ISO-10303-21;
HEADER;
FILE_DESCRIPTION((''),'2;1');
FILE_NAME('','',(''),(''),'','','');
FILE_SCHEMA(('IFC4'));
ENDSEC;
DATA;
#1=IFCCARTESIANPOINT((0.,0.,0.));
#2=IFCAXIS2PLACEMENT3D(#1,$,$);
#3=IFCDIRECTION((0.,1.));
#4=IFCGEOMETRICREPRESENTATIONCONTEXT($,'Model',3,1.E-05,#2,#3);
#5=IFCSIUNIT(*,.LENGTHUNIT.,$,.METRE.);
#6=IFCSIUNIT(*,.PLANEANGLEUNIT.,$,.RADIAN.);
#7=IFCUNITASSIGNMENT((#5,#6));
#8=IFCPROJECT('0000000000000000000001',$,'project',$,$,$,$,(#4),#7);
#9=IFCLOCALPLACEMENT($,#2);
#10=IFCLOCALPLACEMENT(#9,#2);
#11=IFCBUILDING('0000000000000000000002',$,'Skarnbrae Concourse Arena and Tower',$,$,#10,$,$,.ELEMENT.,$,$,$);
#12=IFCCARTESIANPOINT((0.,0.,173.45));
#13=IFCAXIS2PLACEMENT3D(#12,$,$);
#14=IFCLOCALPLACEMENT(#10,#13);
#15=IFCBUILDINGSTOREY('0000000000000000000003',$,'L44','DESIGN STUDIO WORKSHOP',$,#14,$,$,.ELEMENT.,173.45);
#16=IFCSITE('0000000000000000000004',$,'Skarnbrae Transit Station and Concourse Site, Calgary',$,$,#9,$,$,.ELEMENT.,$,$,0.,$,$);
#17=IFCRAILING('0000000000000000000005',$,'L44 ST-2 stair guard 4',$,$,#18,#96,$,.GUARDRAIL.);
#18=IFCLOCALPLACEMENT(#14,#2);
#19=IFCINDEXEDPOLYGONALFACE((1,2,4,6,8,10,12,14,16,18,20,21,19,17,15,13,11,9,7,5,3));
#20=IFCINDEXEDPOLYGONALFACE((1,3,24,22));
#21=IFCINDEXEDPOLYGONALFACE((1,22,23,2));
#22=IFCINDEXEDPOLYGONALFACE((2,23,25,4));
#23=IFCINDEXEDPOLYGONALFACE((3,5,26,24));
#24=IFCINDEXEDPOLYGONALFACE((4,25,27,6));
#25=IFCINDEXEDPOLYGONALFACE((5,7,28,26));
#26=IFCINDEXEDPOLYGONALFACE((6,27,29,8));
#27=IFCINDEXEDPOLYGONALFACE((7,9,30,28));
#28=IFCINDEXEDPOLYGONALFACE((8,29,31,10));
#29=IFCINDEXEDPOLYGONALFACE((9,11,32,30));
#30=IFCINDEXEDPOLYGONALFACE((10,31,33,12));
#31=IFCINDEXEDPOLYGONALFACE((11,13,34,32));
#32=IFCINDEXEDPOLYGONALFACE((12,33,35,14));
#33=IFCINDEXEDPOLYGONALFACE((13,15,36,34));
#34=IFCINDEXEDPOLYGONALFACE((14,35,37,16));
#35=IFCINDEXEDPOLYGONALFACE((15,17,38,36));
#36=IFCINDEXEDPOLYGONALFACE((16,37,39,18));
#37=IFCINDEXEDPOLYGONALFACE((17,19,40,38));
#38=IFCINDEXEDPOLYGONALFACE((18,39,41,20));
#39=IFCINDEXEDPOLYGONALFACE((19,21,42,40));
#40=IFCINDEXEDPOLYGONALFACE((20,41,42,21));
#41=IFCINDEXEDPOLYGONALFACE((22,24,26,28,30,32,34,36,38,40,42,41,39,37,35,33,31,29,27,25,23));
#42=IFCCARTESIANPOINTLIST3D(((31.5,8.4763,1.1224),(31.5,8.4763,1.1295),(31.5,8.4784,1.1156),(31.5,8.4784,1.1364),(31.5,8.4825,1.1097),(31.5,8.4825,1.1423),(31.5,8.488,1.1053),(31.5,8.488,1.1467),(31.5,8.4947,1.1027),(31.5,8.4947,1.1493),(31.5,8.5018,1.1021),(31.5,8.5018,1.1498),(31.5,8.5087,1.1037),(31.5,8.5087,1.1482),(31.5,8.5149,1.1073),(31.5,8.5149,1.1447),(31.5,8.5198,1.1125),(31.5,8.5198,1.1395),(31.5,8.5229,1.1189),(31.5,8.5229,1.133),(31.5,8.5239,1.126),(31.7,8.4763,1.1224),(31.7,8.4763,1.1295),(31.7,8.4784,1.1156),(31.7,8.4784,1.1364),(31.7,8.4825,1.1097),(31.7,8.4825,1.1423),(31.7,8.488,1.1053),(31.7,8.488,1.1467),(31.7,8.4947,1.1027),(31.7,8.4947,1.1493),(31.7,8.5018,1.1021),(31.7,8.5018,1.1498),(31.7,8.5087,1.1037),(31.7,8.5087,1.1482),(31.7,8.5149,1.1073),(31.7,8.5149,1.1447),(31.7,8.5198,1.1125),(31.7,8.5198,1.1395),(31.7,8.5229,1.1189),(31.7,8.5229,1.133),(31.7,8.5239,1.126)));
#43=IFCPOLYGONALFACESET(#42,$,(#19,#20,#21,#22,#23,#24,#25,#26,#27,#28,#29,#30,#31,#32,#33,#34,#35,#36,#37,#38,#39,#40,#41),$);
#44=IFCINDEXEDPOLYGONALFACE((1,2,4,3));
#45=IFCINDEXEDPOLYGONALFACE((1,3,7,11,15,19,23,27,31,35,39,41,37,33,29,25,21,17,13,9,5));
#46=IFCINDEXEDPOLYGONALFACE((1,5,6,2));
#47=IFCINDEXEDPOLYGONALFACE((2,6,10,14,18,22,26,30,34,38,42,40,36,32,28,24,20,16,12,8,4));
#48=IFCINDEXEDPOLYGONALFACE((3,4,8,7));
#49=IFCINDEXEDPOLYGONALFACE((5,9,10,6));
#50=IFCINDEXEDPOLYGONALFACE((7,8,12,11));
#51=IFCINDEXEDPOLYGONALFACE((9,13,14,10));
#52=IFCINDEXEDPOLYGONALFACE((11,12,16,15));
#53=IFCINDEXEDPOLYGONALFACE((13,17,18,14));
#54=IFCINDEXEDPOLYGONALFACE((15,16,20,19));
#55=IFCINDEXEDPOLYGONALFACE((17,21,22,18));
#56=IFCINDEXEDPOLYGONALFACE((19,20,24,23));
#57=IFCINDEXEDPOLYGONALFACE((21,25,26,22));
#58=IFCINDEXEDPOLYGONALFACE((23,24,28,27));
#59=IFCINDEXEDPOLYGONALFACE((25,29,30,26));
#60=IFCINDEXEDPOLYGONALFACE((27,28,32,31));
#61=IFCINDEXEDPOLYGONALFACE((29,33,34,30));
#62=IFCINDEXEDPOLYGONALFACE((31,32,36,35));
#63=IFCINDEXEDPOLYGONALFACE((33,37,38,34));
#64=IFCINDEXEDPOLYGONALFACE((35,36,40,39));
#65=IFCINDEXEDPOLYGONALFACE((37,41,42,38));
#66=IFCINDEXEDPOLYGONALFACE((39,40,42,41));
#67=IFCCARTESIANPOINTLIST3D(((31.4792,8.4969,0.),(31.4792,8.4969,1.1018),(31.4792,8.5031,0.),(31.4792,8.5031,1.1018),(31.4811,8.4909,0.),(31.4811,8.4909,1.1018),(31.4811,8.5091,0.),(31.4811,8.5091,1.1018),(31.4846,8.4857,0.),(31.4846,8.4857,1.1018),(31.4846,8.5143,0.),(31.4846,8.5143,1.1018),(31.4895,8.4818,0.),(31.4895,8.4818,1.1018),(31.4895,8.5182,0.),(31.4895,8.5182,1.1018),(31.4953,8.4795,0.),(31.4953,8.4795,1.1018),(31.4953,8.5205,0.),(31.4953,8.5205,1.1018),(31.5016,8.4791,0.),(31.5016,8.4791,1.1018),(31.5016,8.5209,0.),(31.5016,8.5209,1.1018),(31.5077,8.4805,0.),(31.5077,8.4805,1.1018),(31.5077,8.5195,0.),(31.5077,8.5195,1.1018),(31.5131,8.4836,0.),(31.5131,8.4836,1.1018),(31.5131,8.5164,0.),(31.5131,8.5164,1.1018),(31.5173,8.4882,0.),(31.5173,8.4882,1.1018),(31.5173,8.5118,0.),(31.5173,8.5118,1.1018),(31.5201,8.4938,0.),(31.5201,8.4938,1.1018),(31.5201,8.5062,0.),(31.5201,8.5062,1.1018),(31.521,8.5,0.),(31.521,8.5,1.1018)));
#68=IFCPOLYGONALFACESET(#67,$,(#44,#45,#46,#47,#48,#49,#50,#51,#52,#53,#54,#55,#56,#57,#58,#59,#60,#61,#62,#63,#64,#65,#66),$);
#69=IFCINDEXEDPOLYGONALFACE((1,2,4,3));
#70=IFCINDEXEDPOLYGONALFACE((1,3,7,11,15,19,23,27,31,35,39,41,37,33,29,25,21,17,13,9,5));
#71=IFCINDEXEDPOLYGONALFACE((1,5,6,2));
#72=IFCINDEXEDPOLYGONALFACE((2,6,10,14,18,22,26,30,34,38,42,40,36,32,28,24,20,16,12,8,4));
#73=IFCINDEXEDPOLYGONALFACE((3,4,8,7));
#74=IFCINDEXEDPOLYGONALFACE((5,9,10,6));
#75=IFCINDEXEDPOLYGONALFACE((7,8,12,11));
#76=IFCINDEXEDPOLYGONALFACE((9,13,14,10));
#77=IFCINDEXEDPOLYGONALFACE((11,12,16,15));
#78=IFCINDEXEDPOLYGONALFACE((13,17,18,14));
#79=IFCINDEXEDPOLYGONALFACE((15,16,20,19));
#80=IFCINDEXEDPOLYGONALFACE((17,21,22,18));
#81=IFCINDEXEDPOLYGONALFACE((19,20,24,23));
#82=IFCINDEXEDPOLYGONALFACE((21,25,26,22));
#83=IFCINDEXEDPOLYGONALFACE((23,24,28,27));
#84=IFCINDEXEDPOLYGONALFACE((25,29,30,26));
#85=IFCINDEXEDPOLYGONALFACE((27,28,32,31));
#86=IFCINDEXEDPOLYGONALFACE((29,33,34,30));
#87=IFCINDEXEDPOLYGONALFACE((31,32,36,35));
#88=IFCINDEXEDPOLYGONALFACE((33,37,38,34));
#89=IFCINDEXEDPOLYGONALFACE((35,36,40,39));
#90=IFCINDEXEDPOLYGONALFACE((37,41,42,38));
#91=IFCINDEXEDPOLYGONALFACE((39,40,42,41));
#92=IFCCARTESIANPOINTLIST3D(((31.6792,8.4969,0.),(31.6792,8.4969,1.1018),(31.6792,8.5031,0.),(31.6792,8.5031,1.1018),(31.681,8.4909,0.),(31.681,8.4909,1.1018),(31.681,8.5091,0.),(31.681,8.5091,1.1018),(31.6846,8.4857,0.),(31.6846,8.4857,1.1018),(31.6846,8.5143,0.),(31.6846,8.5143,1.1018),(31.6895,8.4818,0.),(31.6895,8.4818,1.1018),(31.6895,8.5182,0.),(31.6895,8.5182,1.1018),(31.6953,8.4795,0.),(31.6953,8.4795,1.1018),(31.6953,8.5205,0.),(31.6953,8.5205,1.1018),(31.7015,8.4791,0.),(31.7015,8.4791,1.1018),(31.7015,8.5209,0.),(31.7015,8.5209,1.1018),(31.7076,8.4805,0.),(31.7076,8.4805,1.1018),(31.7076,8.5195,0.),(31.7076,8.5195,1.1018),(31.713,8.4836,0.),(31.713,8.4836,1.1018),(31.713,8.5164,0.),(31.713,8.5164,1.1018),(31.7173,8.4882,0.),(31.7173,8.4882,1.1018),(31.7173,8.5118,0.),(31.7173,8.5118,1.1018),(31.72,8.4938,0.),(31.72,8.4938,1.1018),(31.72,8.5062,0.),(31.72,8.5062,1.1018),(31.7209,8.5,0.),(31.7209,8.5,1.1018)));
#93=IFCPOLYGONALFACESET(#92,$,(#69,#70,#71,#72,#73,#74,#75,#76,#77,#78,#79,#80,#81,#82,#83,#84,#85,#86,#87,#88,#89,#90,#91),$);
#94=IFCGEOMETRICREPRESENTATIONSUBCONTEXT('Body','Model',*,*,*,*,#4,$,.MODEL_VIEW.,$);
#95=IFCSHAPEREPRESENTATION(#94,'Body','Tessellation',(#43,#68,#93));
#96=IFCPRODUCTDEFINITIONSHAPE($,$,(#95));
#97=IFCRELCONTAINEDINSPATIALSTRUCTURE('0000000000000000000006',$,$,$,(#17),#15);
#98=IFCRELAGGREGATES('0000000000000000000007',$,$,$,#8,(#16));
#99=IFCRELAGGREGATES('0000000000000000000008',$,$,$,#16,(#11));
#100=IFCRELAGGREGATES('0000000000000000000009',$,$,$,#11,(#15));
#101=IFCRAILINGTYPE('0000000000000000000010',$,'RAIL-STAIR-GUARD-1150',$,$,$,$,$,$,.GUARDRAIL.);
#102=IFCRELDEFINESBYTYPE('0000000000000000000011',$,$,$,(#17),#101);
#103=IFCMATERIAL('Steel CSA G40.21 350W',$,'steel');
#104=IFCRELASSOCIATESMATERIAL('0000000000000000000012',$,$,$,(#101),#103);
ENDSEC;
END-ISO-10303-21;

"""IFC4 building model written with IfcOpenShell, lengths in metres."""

from ifc_helpers import new_model, si_unit, direction, frame, origin, origin_2d, place, context, subcontext, project, spatial, circle, extrude, material, type_object, element, save


model = new_model("IFC4")

# Units and contexts
model_context = context("Model", 3, precision=1e-05, world=origin(), true_north=direction((0.0, 1.0)))
body_context = subcontext(model_context, "Body", "Model", "MODEL_VIEW")
ifc_project = project(units=[si_unit("LENGTHUNIT", "METRE"), si_unit("PLANEANGLEUNIT", "RADIAN")], contexts=[model_context])

# Site, building, storey
site_placement = place(None, origin())
site = spatial("IfcSite", under=ifc_project, at=site_placement, Name="Skarnbrae Transit Station and Concourse Site, Calgary", CompositionType="ELEMENT", RefElevation=0.0)
building_placement = place(site_placement, origin())
building = spatial("IfcBuilding", under=site, at=building_placement, Name="Skarnbrae Concourse Arena and Tower", CompositionType="ELEMENT")
storey_placement = place(building_placement, frame((0.0, 0.0, 173.45)))
storey = spatial("IfcBuildingStorey", under=building, at=storey_placement, Name="L44", Description="DESIGN STUDIO WORKSHOP", CompositionType="ELEMENT", Elevation=173.45)

# Shared definitions
ifc_material_1 = material(Name="Steel CSA G40.21 350W", Category="steel")

# Railing
railing_type = type_object("IfcRailingType", Name="RAIL-STAIR-GUARD-1150", PredefinedType="GUARDRAIL", material=ifc_material_1)
railing_1_placement = place(storey_placement, frame((31.5, 8.5, 0.0)))
element("IfcRailing", 1, at=railing_1_placement, inside=storey, type_object=railing_type, Name="L44 ST-2 stair guard 4", PredefinedType="GUARDRAIL", context=body_context, shape_type="SweptSolid", body=[
    extrude(circle(Radius=0.0239, at=origin_2d()), frame((0.0, 0.0, 1.126), z_axis=(1.0, 0.0, 0.0), x_axis=(0.0, 1.0, 0.0)), (0.0, 0.0, 1.0), 0.2),
    extrude(circle(Radius=0.021, at=origin_2d()), origin(), (0.0, 0.0, 1.0), 1.1018),
    extrude(circle(Radius=0.021, at=origin_2d()), frame((0.2, 0.0, 0.0)), (0.0, 0.0, 1.0), 1.1018),
])

save(model, "model.ifc")
